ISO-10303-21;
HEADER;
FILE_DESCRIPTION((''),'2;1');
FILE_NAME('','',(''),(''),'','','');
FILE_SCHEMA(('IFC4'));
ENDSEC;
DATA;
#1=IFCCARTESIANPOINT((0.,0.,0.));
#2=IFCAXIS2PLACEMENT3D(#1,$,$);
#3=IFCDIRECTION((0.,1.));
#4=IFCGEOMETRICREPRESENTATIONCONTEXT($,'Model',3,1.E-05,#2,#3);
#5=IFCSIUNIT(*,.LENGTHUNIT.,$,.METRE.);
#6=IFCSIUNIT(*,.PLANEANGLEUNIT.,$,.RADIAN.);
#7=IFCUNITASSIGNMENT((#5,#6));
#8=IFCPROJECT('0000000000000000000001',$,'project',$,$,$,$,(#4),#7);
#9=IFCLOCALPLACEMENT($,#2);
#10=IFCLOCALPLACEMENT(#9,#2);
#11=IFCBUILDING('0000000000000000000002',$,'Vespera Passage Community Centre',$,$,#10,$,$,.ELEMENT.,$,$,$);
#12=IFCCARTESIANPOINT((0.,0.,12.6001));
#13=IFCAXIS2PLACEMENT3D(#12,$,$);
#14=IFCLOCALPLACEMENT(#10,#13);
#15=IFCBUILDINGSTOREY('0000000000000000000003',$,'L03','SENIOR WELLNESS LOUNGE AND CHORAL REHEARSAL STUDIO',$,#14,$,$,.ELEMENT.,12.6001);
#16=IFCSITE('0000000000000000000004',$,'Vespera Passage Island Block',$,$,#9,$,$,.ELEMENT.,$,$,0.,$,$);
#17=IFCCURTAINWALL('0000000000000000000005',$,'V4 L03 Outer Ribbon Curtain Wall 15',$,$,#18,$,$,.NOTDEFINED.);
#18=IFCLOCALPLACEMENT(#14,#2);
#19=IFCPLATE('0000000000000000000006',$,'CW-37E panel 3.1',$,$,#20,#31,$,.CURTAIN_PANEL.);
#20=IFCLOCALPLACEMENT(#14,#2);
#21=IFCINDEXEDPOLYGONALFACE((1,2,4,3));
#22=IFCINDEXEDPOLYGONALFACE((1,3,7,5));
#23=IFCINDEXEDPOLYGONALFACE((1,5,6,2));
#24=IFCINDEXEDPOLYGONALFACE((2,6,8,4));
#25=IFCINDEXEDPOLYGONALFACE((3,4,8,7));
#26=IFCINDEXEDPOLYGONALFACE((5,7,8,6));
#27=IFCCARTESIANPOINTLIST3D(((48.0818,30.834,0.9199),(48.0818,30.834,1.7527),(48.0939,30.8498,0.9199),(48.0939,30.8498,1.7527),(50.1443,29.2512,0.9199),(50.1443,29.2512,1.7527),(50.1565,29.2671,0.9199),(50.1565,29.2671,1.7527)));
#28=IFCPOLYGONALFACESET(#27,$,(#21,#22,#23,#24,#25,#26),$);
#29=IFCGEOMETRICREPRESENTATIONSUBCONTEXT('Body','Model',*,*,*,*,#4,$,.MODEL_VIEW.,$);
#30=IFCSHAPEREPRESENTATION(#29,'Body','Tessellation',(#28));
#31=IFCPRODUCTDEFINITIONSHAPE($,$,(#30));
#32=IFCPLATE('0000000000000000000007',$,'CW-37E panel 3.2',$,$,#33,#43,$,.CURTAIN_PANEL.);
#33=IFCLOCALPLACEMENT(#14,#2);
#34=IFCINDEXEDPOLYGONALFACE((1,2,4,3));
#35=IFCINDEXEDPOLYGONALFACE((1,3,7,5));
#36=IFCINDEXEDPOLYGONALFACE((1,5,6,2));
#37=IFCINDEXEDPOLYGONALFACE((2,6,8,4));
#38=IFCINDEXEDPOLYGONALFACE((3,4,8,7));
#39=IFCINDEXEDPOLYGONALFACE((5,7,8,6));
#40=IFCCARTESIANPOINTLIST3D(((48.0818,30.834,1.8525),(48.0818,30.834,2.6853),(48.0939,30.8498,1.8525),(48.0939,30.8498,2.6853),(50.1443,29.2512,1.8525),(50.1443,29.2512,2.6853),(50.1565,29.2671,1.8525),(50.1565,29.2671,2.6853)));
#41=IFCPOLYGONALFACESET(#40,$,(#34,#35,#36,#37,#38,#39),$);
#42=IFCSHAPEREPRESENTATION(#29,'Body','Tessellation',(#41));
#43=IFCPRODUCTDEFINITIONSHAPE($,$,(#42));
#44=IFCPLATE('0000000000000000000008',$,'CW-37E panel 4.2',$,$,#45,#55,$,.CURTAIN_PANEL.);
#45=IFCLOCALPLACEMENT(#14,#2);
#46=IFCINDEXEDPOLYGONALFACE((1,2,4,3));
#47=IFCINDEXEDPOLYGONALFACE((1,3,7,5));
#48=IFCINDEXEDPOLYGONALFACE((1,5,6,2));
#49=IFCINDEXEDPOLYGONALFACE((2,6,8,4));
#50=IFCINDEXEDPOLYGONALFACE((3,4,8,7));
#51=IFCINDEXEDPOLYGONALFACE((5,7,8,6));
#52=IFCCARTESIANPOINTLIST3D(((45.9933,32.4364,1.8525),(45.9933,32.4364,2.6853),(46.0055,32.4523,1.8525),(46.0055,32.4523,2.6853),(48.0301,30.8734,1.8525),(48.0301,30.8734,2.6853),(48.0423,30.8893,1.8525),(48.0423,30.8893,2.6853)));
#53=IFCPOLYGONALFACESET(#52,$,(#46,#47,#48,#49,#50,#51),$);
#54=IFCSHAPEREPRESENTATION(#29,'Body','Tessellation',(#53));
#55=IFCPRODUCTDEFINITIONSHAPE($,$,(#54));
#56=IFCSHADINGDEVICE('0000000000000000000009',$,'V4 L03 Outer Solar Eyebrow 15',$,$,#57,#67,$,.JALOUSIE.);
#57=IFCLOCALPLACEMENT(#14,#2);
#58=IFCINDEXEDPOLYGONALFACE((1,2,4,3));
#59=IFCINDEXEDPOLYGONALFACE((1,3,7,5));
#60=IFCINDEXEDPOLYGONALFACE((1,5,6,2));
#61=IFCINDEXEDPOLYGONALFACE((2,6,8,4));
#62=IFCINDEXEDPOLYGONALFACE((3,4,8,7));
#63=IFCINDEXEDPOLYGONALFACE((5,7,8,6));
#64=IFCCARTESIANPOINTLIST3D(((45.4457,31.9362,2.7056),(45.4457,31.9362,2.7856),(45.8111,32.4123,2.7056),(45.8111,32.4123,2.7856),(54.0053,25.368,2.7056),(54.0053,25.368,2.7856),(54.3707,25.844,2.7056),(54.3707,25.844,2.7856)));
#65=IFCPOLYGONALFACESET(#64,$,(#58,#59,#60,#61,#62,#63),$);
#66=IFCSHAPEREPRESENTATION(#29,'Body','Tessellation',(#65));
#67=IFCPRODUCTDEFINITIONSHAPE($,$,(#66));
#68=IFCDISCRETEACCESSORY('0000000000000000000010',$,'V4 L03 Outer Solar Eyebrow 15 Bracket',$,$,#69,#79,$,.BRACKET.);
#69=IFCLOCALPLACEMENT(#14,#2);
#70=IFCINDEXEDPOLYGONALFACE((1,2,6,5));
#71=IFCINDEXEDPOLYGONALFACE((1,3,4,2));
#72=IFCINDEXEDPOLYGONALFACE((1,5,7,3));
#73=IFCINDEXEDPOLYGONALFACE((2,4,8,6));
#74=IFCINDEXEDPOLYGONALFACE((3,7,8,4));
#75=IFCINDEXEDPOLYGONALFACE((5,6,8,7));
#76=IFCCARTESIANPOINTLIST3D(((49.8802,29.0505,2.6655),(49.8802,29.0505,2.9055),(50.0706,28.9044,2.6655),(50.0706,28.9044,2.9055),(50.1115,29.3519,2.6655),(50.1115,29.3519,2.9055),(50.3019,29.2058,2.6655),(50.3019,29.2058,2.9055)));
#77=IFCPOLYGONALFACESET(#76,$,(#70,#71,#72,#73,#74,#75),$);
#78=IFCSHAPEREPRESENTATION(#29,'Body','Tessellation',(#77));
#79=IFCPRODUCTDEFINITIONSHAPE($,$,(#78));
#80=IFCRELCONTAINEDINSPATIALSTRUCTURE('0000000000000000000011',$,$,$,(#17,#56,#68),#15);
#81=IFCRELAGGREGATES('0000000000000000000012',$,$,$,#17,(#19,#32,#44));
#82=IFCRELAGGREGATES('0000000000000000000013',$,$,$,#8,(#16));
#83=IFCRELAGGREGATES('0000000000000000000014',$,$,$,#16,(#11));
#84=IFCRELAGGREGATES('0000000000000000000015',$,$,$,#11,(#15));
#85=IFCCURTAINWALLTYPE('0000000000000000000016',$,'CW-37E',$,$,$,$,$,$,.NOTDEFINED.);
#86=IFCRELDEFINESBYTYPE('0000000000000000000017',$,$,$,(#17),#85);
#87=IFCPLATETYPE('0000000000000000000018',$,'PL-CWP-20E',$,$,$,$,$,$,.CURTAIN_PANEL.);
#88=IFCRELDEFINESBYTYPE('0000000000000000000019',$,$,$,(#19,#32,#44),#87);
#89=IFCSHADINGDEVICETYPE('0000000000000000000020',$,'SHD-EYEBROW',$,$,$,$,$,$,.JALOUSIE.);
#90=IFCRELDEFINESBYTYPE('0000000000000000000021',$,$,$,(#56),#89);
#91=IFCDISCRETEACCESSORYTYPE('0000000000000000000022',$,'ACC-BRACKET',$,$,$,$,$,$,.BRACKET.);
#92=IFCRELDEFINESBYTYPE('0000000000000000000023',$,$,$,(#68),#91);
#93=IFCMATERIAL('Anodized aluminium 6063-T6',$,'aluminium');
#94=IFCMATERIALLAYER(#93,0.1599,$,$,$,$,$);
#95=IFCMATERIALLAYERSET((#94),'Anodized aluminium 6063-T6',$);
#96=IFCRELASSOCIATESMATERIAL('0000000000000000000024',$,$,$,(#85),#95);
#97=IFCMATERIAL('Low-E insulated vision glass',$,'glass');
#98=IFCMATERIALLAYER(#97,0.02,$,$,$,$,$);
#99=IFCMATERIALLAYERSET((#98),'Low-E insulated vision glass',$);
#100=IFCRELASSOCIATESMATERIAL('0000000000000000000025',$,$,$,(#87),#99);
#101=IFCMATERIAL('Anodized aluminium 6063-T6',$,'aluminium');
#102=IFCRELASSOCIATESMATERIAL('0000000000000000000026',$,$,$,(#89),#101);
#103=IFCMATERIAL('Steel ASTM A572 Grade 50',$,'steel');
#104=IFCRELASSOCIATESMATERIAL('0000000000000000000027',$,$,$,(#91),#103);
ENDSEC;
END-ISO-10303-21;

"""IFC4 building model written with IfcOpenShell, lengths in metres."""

from ifc_helpers import new_model, si_unit, direction, frame, origin, origin_2d, place, context, subcontext, project, spatial, rectangle, extrude, material, layer, layer_set, type_object, element, aggregate, save


model = new_model("IFC4")

# Units and contexts
model_context = context("Model", 3, precision=1e-05, world=origin(), true_north=direction((0.0, 1.0)))
body_context = subcontext(model_context, "Body", "Model", "MODEL_VIEW")
ifc_project = project(units=[si_unit("LENGTHUNIT", "METRE"), si_unit("PLANEANGLEUNIT", "RADIAN")], contexts=[model_context])

# Site, building, storey
site_placement = place(None, origin())
site = spatial("IfcSite", under=ifc_project, at=site_placement, Name="Vespera Passage Island Block", CompositionType="ELEMENT", RefElevation=0.0)
building_placement = place(site_placement, origin())
building = spatial("IfcBuilding", under=site, at=building_placement, Name="Vespera Passage Community Centre", CompositionType="ELEMENT")
storey_placement = place(building_placement, frame((0.0, 0.0, 12.6001)))
storey = spatial("IfcBuildingStorey", under=building, at=storey_placement, Name="L03", Description="SENIOR WELLNESS LOUNGE AND CHORAL REHEARSAL STUDIO", CompositionType="ELEMENT", Elevation=12.6001)

# Curtain wall, plates
ifc_material_1 = material(Name="Anodized aluminium 6063-T6", Category="aluminium")
ifc_layer_1 = layer(ifc_material_1, 0.1599)
ifc_layer_set_1 = layer_set([ifc_layer_1], Name="Anodized aluminium 6063-T6")
curtain_wall_type = type_object("IfcCurtainWallType", Name="CW-37E", PredefinedType="NOTDEFINED", material=ifc_layer_set_1)
curtain_wall_placement = place(storey_placement, origin())
curtain_wall = element("IfcCurtainWall", 1, at=curtain_wall_placement, inside=storey, type_object=curtain_wall_type, Name="V4 L03 Outer Ribbon Curtain Wall 15", PredefinedType="NOTDEFINED")
ifc_material_2 = material(Name="Low-E insulated vision glass", Category="glass")
ifc_layer_2 = layer(ifc_material_2, 0.02)
ifc_layer_set_2 = layer_set([ifc_layer_2], Name="Low-E insulated vision glass")
plate_type = type_object("IfcPlateType", Name="PL-CWP-20E", PredefinedType="CURTAIN_PANEL", material=ifc_layer_set_2)
plate_1_placement = place(storey_placement, frame((49.1191, 30.0505, 0.9199), z_axis=(0.0, 0.0, 1.0), x_axis=(-0.793345, 0.608772, 0.0)))
plate_1 = element("IfcPlate", 2, at=plate_1_placement, type_object=plate_type, Name="CW-37E panel 3.1", PredefinedType="CURTAIN_PANEL", context=body_context, shape_type="SweptSolid", body=[
    extrude(rectangle(XDim=2.5999, YDim=0.02, at=origin_2d()), origin(), (0.0, 0.0, 1.0), 0.8328),
])
plate_2_placement = place(storey_placement, frame((49.1191, 30.0505, 1.8525), z_axis=(0.0, 0.0, 1.0), x_axis=(-0.793345, 0.608772, 0.0)))
plate_2 = element("IfcPlate", 3, at=plate_2_placement, type_object=plate_type, Name="CW-37E panel 3.2", PredefinedType="CURTAIN_PANEL", context=body_context, shape_type="SweptSolid", body=[
    extrude(rectangle(XDim=2.5999, YDim=0.02, at=origin_2d()), origin(), (0.0, 0.0, 1.0), 0.8328),
])
plate_3_placement = place(storey_placement, frame((47.0178, 31.6628, 1.8525), z_axis=(0.0, 0.0, 1.0), x_axis=(-0.793345, 0.608772, 0.0)))
plate_3 = element("IfcPlate", 4, at=plate_3_placement, type_object=plate_type, Name="CW-37E panel 4.2", PredefinedType="CURTAIN_PANEL", context=body_context, shape_type="SweptSolid", body=[
    extrude(rectangle(XDim=2.5674, YDim=0.02, at=origin_2d()), origin(), (0.0, 0.0, 1.0), 0.8328),
])
aggregate(curtain_wall, [plate_1, plate_2, plate_3])

# Shading device
ifc_material_3 = material(Name="Anodized aluminium 6063-T6", Category="aluminium")
shading_device_type = type_object("IfcShadingDeviceType", Name="SHD-EYEBROW", PredefinedType="JALOUSIE", material=ifc_material_3)
shading_device_placement = place(storey_placement, frame((49.9082, 28.8901, 2.7056), z_axis=(0.0, 0.0, 1.0), x_axis=(-0.793343, 0.608775, 0.0)))
element("IfcShadingDevice", 5, at=shading_device_placement, inside=storey, type_object=shading_device_type, Name="V4 L03 Outer Solar Eyebrow 15", PredefinedType="JALOUSIE", context=body_context, shape_type="SweptSolid", body=[
    extrude(rectangle(XDim=10.7893, YDim=0.6001, at=origin_2d()), origin(), (0.0, 0.0, 1.0), 0.0801),
])

# Discrete accessory
ifc_material_4 = material(Name="Steel ASTM A572 Grade 50", Category="steel")
discrete_accessory_type = type_object("IfcDiscreteAccessoryType", Name="ACC-BRACKET", PredefinedType="BRACKET", material=ifc_material_4)
discrete_accessory_placement = place(storey_placement, frame((50.0911, 29.1282, 2.6655), z_axis=(0.0, 0.0, 1.0), x_axis=(-0.793343, 0.608775, 0.0)))
element("IfcDiscreteAccessory", 6, at=discrete_accessory_placement, inside=storey, type_object=discrete_accessory_type, Name="V4 L03 Outer Solar Eyebrow 15 Bracket", PredefinedType="BRACKET", context=body_context, shape_type="SweptSolid", body=[
    extrude(rectangle(XDim=0.24, YDim=0.3799, at=origin_2d()), origin(), (0.0, 0.0, 1.0), 0.24),
])

save(model, "model.ifc")
